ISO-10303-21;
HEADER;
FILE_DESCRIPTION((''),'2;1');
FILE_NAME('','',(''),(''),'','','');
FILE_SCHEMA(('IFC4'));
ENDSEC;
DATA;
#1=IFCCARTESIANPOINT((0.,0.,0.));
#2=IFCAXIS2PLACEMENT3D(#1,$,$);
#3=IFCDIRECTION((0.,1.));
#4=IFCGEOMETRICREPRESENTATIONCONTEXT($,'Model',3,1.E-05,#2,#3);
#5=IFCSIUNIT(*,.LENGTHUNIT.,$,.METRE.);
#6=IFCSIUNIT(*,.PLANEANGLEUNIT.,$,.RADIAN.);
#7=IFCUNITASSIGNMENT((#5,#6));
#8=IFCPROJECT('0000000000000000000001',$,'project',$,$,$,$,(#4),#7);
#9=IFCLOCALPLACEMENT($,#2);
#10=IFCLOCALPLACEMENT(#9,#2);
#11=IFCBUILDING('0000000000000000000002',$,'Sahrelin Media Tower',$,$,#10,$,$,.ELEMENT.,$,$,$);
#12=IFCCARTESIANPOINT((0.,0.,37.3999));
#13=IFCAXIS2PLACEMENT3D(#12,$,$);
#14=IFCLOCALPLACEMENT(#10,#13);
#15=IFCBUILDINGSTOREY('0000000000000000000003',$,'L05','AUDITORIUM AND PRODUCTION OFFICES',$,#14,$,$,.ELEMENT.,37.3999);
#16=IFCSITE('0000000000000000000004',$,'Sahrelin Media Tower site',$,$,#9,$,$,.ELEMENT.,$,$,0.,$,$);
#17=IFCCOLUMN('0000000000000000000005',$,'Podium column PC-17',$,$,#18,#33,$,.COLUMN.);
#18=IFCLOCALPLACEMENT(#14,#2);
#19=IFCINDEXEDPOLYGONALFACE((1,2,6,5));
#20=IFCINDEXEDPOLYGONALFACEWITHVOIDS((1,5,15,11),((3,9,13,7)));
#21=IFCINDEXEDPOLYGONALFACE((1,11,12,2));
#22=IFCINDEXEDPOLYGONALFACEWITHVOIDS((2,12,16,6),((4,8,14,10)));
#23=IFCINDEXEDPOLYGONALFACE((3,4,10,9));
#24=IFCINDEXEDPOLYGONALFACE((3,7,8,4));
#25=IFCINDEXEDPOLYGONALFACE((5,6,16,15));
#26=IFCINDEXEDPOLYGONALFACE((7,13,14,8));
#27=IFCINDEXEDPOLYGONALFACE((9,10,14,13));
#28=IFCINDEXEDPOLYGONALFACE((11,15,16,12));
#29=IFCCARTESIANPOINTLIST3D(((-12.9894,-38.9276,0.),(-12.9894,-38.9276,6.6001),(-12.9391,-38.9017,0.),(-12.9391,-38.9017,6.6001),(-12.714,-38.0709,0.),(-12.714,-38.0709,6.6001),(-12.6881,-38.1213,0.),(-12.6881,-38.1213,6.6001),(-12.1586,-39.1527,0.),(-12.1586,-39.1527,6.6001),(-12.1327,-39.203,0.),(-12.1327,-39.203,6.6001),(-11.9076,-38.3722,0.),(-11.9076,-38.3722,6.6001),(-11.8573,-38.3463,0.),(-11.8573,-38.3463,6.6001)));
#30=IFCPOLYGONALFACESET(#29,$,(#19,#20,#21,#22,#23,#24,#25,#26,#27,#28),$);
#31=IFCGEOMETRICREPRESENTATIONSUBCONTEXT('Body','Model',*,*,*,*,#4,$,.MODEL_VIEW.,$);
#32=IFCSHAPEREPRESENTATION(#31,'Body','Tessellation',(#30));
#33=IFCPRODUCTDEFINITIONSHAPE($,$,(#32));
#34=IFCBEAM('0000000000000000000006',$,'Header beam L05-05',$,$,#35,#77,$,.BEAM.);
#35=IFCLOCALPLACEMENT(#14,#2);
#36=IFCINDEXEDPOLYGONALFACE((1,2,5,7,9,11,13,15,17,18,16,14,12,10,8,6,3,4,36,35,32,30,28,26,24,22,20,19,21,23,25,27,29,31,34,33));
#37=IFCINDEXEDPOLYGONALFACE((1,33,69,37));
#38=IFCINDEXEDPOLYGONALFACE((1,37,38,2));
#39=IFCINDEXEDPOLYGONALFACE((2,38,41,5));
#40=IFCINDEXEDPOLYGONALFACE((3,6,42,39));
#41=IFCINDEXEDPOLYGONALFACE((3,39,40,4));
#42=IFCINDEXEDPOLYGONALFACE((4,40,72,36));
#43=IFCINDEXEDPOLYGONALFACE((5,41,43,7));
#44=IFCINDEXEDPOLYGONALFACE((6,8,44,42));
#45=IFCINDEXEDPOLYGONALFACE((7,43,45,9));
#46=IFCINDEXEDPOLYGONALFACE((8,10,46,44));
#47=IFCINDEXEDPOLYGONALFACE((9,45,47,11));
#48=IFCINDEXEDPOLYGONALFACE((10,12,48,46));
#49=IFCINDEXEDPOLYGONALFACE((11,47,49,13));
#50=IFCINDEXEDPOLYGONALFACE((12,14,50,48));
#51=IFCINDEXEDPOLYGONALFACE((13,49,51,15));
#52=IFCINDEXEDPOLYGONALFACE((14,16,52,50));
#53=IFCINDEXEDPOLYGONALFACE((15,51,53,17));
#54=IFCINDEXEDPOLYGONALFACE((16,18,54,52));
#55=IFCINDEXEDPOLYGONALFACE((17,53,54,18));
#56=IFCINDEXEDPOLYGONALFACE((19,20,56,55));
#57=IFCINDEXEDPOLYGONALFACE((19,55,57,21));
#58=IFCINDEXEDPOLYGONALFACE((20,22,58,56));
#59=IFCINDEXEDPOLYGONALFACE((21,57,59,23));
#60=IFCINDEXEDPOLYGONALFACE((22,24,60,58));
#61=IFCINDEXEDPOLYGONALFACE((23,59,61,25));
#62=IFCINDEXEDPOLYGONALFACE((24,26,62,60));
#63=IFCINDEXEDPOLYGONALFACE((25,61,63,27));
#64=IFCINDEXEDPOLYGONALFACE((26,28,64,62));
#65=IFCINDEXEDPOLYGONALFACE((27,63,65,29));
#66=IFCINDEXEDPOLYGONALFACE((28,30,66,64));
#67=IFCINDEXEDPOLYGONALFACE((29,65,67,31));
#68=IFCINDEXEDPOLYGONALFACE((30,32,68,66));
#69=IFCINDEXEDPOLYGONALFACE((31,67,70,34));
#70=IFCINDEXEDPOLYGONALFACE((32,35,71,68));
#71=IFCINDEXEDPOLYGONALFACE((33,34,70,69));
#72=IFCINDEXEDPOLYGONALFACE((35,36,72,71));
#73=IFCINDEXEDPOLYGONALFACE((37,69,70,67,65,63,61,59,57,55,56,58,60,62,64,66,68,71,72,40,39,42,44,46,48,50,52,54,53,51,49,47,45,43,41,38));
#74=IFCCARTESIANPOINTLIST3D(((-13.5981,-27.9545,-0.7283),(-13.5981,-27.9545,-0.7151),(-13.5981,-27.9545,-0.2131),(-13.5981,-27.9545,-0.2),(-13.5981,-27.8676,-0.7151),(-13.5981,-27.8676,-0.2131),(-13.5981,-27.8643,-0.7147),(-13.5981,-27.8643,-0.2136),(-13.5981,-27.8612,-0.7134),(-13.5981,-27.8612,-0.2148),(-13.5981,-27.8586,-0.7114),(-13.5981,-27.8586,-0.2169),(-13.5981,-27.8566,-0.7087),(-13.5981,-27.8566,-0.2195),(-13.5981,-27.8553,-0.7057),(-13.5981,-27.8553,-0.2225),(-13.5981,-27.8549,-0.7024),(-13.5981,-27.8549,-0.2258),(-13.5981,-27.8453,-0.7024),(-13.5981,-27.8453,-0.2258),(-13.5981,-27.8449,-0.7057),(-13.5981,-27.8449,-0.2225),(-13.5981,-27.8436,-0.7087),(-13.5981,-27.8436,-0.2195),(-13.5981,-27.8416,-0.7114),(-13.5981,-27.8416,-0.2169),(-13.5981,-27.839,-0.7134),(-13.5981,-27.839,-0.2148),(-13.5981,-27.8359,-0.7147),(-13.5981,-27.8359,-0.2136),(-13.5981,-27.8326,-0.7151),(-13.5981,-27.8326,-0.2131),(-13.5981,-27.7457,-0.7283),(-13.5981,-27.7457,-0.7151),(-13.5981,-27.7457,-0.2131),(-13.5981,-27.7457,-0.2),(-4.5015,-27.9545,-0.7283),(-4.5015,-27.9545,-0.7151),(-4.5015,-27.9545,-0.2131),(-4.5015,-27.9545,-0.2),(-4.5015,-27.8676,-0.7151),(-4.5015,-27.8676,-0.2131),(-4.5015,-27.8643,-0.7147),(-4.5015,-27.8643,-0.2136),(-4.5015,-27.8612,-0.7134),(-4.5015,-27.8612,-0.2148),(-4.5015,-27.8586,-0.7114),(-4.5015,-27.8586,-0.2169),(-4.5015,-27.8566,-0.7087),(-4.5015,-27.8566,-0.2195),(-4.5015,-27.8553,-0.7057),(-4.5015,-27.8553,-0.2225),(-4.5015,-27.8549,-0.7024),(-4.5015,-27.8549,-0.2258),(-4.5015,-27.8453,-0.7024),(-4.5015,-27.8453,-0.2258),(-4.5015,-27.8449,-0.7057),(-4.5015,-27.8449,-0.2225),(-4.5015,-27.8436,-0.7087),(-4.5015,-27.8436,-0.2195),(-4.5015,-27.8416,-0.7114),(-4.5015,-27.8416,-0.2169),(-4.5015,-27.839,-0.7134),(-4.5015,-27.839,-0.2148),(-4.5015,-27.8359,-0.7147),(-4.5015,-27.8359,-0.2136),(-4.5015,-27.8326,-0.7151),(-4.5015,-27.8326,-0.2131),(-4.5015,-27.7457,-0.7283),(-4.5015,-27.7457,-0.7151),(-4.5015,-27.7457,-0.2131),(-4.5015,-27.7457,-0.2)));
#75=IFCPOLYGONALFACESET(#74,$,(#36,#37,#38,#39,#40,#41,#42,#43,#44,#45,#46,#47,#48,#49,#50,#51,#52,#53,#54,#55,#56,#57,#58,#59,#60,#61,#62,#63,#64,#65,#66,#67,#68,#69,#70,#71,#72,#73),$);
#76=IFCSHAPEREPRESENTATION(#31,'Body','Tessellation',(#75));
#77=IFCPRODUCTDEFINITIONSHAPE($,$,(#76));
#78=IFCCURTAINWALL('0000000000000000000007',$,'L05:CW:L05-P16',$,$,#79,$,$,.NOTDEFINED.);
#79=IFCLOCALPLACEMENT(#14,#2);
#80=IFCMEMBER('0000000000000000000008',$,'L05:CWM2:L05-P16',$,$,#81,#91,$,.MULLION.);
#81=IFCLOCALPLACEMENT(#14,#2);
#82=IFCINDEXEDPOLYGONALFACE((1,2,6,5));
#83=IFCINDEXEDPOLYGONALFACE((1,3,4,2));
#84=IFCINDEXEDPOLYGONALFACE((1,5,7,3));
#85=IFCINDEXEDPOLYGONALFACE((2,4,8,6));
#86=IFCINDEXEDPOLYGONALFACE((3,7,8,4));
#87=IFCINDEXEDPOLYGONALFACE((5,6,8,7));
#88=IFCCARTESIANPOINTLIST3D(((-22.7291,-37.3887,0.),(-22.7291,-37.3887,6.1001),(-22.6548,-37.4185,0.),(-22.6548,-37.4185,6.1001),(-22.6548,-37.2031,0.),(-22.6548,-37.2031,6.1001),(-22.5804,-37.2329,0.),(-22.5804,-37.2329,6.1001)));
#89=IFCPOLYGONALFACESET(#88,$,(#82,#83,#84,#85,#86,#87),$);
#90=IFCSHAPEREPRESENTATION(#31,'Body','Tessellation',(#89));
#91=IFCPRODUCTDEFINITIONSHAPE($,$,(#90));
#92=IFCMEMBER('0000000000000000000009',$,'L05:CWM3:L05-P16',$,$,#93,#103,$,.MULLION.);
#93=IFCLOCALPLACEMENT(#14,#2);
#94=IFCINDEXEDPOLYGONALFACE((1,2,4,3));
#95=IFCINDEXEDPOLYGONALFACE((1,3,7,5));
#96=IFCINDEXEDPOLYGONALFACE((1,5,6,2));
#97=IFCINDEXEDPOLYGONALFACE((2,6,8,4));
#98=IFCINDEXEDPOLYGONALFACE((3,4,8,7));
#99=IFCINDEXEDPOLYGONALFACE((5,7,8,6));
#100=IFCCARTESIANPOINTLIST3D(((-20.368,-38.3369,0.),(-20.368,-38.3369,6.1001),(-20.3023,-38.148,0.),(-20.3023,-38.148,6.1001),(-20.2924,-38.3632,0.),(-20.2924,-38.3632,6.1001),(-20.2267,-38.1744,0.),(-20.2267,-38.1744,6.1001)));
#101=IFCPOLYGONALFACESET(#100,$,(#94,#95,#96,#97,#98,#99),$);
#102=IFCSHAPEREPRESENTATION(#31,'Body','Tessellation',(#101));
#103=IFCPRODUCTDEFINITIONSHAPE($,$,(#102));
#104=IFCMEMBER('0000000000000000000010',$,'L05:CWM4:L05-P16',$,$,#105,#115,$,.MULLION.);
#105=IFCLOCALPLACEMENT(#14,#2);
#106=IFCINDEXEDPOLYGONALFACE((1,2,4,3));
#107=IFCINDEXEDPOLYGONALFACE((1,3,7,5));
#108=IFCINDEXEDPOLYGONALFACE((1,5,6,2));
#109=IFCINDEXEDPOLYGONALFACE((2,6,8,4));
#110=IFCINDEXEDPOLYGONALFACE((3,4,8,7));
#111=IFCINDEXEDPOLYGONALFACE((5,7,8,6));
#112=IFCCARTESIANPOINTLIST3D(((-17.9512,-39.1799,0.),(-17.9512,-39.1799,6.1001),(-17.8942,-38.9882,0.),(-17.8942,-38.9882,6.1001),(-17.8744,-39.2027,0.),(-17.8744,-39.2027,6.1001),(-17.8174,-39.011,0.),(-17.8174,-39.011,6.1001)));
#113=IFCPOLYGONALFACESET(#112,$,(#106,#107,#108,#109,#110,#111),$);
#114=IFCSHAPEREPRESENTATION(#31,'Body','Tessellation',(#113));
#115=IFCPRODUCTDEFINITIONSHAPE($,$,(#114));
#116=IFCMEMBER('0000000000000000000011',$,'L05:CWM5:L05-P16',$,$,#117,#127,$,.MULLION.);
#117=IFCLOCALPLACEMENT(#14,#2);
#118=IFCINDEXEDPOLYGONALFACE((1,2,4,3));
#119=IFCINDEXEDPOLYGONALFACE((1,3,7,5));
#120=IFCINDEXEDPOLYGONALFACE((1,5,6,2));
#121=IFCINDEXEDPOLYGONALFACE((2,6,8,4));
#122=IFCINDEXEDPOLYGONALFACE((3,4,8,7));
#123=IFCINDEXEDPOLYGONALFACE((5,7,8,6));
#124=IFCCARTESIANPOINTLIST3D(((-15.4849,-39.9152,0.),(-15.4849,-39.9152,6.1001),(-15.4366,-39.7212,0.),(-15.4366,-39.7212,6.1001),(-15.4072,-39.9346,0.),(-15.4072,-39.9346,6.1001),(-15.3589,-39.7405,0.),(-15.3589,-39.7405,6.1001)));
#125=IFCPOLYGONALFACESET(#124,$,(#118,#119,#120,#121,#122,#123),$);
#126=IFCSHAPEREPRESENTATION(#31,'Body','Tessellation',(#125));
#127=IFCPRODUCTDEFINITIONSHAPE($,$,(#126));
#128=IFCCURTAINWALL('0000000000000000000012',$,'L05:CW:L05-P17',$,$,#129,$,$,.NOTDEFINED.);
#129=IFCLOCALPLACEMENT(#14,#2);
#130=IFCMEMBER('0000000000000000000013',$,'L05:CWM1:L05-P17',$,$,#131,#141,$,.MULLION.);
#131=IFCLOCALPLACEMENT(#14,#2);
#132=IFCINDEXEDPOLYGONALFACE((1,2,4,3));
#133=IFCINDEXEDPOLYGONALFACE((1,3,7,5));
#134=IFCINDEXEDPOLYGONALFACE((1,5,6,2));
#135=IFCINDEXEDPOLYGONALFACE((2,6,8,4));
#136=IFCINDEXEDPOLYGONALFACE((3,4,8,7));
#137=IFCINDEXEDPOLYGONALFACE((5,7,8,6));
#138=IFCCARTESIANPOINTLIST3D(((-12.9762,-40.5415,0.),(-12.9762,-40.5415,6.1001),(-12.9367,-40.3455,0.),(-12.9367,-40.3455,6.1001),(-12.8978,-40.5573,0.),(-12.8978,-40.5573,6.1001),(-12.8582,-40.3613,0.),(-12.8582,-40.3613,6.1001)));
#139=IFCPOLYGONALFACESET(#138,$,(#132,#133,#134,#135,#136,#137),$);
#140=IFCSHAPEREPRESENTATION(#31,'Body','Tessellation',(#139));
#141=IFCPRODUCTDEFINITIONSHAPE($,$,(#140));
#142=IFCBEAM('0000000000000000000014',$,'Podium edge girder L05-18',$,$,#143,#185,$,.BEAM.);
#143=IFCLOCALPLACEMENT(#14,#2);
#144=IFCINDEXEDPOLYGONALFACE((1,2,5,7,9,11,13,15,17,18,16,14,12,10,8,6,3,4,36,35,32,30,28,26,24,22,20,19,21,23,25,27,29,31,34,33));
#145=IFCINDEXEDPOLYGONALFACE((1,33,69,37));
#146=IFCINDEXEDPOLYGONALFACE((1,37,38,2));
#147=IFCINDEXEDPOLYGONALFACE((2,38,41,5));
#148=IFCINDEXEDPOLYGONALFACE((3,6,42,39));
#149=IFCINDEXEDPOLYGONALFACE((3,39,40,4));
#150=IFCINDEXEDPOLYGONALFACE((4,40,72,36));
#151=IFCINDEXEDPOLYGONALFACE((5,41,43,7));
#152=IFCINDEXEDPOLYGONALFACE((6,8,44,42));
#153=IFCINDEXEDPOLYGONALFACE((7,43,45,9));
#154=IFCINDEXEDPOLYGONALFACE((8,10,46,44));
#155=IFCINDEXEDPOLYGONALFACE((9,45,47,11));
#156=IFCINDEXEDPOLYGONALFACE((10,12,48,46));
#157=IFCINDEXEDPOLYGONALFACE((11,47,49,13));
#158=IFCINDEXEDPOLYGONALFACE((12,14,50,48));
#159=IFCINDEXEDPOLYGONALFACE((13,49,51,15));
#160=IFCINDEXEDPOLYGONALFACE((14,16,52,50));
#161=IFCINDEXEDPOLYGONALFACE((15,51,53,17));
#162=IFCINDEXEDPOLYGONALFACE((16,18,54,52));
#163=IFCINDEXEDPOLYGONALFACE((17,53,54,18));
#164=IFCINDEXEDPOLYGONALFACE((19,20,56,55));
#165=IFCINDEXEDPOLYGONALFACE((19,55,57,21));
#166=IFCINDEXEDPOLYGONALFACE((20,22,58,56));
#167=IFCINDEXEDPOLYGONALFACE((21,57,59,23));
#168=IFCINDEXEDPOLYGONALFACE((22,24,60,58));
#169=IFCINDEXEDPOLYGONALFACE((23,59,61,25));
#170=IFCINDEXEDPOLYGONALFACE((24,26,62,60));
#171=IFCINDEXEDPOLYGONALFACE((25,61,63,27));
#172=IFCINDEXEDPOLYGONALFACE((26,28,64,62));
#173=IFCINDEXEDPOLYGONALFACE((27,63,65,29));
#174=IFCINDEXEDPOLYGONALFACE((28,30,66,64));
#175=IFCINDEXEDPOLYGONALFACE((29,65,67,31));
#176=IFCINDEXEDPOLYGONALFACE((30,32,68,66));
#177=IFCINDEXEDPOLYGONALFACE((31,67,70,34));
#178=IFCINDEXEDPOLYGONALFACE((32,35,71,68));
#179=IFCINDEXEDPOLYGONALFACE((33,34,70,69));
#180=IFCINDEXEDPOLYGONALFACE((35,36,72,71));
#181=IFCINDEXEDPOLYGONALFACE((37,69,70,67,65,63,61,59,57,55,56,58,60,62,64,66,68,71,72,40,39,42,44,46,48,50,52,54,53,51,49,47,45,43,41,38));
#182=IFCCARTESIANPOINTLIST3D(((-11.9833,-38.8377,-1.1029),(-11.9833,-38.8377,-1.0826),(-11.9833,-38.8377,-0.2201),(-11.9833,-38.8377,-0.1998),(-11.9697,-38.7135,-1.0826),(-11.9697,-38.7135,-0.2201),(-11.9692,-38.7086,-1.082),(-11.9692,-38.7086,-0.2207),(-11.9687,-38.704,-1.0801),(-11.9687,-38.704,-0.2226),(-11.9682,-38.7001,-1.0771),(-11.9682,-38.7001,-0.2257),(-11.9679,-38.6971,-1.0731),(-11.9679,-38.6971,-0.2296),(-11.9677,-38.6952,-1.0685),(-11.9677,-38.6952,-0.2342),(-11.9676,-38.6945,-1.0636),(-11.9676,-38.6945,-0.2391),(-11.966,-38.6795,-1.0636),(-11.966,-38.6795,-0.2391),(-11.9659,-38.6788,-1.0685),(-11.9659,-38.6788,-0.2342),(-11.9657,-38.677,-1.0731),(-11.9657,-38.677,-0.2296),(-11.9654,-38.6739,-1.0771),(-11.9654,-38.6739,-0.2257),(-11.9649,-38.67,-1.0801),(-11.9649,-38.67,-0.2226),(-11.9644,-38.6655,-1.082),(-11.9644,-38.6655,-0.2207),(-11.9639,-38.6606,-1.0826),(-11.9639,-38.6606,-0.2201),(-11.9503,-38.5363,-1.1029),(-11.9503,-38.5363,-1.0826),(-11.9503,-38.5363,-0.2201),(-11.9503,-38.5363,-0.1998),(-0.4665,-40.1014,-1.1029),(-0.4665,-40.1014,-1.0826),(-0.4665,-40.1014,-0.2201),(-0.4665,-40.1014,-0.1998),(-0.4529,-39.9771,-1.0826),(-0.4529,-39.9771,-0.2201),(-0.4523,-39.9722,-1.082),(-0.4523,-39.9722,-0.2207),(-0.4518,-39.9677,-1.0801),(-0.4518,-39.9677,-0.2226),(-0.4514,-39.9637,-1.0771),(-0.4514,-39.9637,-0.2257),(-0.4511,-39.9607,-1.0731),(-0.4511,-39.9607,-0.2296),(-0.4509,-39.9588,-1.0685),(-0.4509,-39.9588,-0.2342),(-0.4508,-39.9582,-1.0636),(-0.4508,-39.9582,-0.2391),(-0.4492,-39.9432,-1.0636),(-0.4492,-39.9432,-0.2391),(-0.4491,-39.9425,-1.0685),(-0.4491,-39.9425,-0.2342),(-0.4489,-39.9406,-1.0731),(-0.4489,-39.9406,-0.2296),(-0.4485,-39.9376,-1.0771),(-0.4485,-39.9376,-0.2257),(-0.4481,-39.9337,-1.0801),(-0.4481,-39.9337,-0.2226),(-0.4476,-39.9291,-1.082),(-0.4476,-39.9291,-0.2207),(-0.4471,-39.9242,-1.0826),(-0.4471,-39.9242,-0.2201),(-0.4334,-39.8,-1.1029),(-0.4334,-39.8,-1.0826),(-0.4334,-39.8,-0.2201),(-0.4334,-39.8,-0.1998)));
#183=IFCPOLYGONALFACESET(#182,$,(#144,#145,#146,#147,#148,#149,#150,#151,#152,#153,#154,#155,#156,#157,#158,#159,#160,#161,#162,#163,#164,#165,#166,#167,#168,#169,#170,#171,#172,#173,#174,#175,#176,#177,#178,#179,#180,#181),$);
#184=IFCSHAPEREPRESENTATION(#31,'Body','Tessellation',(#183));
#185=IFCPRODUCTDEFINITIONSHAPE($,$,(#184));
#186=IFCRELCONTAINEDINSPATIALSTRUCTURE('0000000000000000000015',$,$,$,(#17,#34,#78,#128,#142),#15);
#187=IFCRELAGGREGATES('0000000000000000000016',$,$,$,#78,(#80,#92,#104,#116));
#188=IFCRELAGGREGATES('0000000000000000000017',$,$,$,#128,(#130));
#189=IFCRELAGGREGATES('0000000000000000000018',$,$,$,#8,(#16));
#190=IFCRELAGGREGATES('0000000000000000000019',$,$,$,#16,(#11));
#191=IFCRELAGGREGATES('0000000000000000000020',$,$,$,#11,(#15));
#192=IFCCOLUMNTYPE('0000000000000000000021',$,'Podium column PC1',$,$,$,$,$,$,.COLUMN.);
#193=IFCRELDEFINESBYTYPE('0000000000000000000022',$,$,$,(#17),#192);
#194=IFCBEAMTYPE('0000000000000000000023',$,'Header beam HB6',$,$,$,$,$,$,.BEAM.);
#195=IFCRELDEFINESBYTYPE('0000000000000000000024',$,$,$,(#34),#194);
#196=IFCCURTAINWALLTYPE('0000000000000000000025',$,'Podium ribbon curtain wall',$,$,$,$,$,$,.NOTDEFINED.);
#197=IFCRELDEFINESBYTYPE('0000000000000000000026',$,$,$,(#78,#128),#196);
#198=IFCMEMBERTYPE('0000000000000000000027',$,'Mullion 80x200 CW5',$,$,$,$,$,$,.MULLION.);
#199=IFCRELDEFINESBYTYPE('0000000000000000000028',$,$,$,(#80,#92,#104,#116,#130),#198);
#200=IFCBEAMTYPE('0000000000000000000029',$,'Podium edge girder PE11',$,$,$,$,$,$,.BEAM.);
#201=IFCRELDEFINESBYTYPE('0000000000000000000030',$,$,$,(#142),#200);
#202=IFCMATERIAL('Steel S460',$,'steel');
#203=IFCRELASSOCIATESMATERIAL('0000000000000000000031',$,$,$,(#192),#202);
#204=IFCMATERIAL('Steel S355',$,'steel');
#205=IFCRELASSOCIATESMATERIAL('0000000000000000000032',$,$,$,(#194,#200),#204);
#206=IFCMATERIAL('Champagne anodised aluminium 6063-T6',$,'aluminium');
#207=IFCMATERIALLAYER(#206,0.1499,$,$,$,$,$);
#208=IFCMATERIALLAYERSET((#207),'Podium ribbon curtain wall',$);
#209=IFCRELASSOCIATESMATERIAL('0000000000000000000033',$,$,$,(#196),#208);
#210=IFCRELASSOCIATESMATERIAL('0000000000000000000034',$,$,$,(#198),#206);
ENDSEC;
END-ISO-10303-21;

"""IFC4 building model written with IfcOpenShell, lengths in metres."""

from ifc_helpers import new_model, si_unit, direction, frame, origin, origin_2d, place, context, subcontext, project, spatial, rectangle, hollow_rectangle, i_section, extrude, material, layer, layer_set, material_profile, profile_set, type_object, element, aggregate, save


model = new_model("IFC4")

# Units and contexts
model_context = context("Model", 3, precision=1e-05, world=origin(), true_north=direction((0.0, 1.0)))
body_context = subcontext(model_context, "Body", "Model", "MODEL_VIEW")
ifc_project = project(units=[si_unit("LENGTHUNIT", "METRE"), si_unit("PLANEANGLEUNIT", "RADIAN")], contexts=[model_context])

# Site, building, storey
site_placement = place(None, origin())
site = spatial("IfcSite", under=ifc_project, at=site_placement, Name="Sahrelin Media Tower site", CompositionType="ELEMENT", RefElevation=0.0)
building_placement = place(site_placement, origin())
building = spatial("IfcBuilding", under=site, at=building_placement, Name="Sahrelin Media Tower", CompositionType="ELEMENT")
storey_placement = place(building_placement, frame((0.0, 0.0, 37.3999)))
storey = spatial("IfcBuildingStorey", under=building, at=storey_placement, Name="L05", Description="AUDITORIUM AND PRODUCTION OFFICES", CompositionType="ELEMENT", Elevation=37.3999)

# Column
ifc_material_1 = material(Name="Steel S460", Category="steel")
ifc_material_profile_1 = material_profile(ifc_material_1, hollow_rectangle(XDim=0.8999, YDim=0.8999, WallThickness=0.04, at=origin_2d()), Name="Podium column PC1")
ifc_profile_set_1 = profile_set([ifc_material_profile_1], Name="Steel S460")
column_type = type_object("IfcColumnType", Name="Podium column PC1", PredefinedType="COLUMN", material=ifc_profile_set_1)
column_placement = place(storey_placement, frame((-12.4233, -38.637, 0.0), z_axis=(0.0, 0.0, 1.0), x_axis=(-0.306104, -0.951998, 0.0)))
element("IfcColumn", 1, at=column_placement, inside=storey, type_object=column_type, Name="Podium column PC-17", PredefinedType="COLUMN", context=body_context, shape_type="SweptSolid", body=[
    extrude(hollow_rectangle(XDim=0.8999, YDim=0.8999, WallThickness=0.04, at=origin_2d()), origin(), (0.0, 0.0, 1.0), 6.6001),
])

# Beam
ifc_material_2 = material(Name="Steel S355", Category="steel")
ifc_material_profile_2 = material_profile(ifc_material_2, i_section(OverallWidth=0.2087, OverallDepth=0.5283, WebThickness=0.0095, FlangeThickness=0.0132, FilletRadius=0.0127, at=origin_2d()), Name="UB 533x210x82")
ifc_profile_set_2 = profile_set([ifc_material_profile_2], Name="Steel S355")
beam_type_1 = type_object("IfcBeamType", Name="Header beam HB6", PredefinedType="BEAM", material=ifc_profile_set_2)
beam_1_placement = place(storey_placement, frame((-13.5981, -27.8501, -0.4641), z_axis=(1.0, 0.0, 0.0), x_axis=(0.0, 1.0, 0.0)))
element("IfcBeam", 2, at=beam_1_placement, inside=storey, type_object=beam_type_1, Name="Header beam L05-05", PredefinedType="BEAM", context=body_context, shape_type="SweptSolid", body=[
    extrude(i_section(OverallWidth=0.2087, OverallDepth=0.5283, WebThickness=0.0095, FlangeThickness=0.0132, FilletRadius=0.0127, at=origin_2d()), origin(), (0.0, 0.0, 1.0), 9.0967),
])

# Curtain wall, members
ifc_material_3 = material(Name="Champagne anodised aluminium 6063-T6", Category="aluminium")
ifc_layer_1 = layer(ifc_material_3, 0.1499)
ifc_layer_set_1 = layer_set([ifc_layer_1], Name="Podium ribbon curtain wall")
curtain_wall_type = type_object("IfcCurtainWallType", Name="Podium ribbon curtain wall", PredefinedType="NOTDEFINED", material=ifc_layer_set_1)
curtain_wall_1_placement = place(storey_placement, frame((-25.0, -36.373, 0.0), z_axis=(0.0, 0.0, 1.0), x_axis=(1.0, 0.0, 0.0)))
curtain_wall_1 = element("IfcCurtainWall", 3, at=curtain_wall_1_placement, inside=storey, type_object=curtain_wall_type, Name="L05:CW:L05-P16", PredefinedType="NOTDEFINED")
ifc_material_profile_3 = material_profile(ifc_material_3, rectangle(XDim=0.0801, YDim=0.2, at=origin_2d()), Name="Mullion 80x200")
ifc_profile_set_3 = profile_set([ifc_material_profile_3], Name="Champagne anodised aluminium 6063-T6")
member_type_1 = type_object("IfcMemberType", Name="Mullion 80x200 CW5", PredefinedType="MULLION", material=ifc_profile_set_3)
member_1_placement = place(storey_placement, frame((-22.6548, -37.3108, 0.0), z_axis=(0.0, 0.0, 1.0), x_axis=(0.92827, -0.371906, 0.0)))
member_1 = element("IfcMember", 4, at=member_1_placement, type_object=member_type_1, Name="L05:CWM2:L05-P16", PredefinedType="MULLION", context=body_context, shape_type="SweptSolid", body=[
    extrude(rectangle(XDim=0.0801, YDim=0.2, at=origin_2d()), origin(), (0.0, 0.0, 1.0), 6.1001),
])
member_2_placement = place(storey_placement, frame((-20.2974, -38.2556, 0.0), z_axis=(0.0, 0.0, 1.0), x_axis=(0.944458, -0.328631, 0.0)))
member_2 = element("IfcMember", 5, at=member_2_placement, type_object=member_type_1, Name="L05:CWM3:L05-P16", PredefinedType="MULLION", context=body_context, shape_type="SweptSolid", body=[
    extrude(rectangle(XDim=0.0801, YDim=0.2, at=origin_2d()), origin(), (0.0, 0.0, 1.0), 6.1001),
])
member_3_placement = place(storey_placement, frame((-17.8843, -39.0955, 0.0), z_axis=(0.0, 0.0, 1.0), x_axis=(0.958495, -0.28511, 0.0)))
member_3 = element("IfcMember", 6, at=member_3_placement, type_object=member_type_1, Name="L05:CWM4:L05-P16", PredefinedType="MULLION", context=body_context, shape_type="SweptSolid", body=[
    extrude(rectangle(XDim=0.0801, YDim=0.2, at=origin_2d()), origin(), (0.0, 0.0, 1.0), 6.1001),
])
member_4_placement = place(storey_placement, frame((-15.4219, -39.8279, 0.0), z_axis=(0.0, 0.0, 1.0), x_axis=(0.97041, -0.241461, 0.0)))
member_4 = element("IfcMember", 7, at=member_4_placement, type_object=member_type_1, Name="L05:CWM5:L05-P16", PredefinedType="MULLION", context=body_context, shape_type="SweptSolid", body=[
    extrude(rectangle(XDim=0.0801, YDim=0.2, at=origin_2d()), origin(), (0.0, 0.0, 1.0), 6.1001),
])

# Curtain wall, member
curtain_wall_2_placement = place(storey_placement, frame((-12.9409, -40.5688, 0.0), z_axis=(0.0, 0.0, 1.0), x_axis=(1.0, 0.0, 0.0)))
curtain_wall_2 = element("IfcCurtainWall", 8, at=curtain_wall_2_placement, inside=storey, type_object=curtain_wall_type, Name="L05:CW:L05-P17", PredefinedType="NOTDEFINED")
member_5_placement = place(storey_placement, frame((-12.9172, -40.4514, 0.0), z_axis=(0.0, 0.0, 1.0), x_axis=(0.980267, -0.197678, 0.0)))
member_5 = element("IfcMember", 9, at=member_5_placement, type_object=member_type_1, Name="L05:CWM1:L05-P17", PredefinedType="MULLION", context=body_context, shape_type="SweptSolid", body=[
    extrude(rectangle(XDim=0.0801, YDim=0.2, at=origin_2d()), origin(), (0.0, 0.0, 1.0), 6.1001),
])

# Beam
ifc_material_profile_4 = material_profile(ifc_material_2, i_section(OverallWidth=0.3032, OverallDepth=0.9031, WebThickness=0.0151, FlangeThickness=0.0203, FilletRadius=0.019, at=origin_2d()), Name="UB 914x305x201")
ifc_profile_set_4 = profile_set([ifc_material_profile_4], Name="Steel S355")
beam_type_2 = type_object("IfcBeamType", Name="Podium edge girder PE11", PredefinedType="BEAM", material=ifc_profile_set_4)
beam_2_placement = place(storey_placement, frame((-11.9668, -38.687, -0.6514), z_axis=(0.994034, -0.109069, 0.0), x_axis=(0.109069, 0.994034, 0.0)))
element("IfcBeam", 10, at=beam_2_placement, inside=storey, type_object=beam_type_2, Name="Podium edge girder L05-18", PredefinedType="BEAM", context=body_context, shape_type="SweptSolid", body=[
    extrude(i_section(OverallWidth=0.3032, OverallDepth=0.9031, WebThickness=0.0151, FlangeThickness=0.0203, FilletRadius=0.019, at=origin_2d()), origin(), (0.0, 0.0, 1.0), 11.5859),
])

aggregate(curtain_wall_1, [member_1, member_2, member_3, member_4])
aggregate(curtain_wall_2, [member_5])

save(model, "model.ifc")
